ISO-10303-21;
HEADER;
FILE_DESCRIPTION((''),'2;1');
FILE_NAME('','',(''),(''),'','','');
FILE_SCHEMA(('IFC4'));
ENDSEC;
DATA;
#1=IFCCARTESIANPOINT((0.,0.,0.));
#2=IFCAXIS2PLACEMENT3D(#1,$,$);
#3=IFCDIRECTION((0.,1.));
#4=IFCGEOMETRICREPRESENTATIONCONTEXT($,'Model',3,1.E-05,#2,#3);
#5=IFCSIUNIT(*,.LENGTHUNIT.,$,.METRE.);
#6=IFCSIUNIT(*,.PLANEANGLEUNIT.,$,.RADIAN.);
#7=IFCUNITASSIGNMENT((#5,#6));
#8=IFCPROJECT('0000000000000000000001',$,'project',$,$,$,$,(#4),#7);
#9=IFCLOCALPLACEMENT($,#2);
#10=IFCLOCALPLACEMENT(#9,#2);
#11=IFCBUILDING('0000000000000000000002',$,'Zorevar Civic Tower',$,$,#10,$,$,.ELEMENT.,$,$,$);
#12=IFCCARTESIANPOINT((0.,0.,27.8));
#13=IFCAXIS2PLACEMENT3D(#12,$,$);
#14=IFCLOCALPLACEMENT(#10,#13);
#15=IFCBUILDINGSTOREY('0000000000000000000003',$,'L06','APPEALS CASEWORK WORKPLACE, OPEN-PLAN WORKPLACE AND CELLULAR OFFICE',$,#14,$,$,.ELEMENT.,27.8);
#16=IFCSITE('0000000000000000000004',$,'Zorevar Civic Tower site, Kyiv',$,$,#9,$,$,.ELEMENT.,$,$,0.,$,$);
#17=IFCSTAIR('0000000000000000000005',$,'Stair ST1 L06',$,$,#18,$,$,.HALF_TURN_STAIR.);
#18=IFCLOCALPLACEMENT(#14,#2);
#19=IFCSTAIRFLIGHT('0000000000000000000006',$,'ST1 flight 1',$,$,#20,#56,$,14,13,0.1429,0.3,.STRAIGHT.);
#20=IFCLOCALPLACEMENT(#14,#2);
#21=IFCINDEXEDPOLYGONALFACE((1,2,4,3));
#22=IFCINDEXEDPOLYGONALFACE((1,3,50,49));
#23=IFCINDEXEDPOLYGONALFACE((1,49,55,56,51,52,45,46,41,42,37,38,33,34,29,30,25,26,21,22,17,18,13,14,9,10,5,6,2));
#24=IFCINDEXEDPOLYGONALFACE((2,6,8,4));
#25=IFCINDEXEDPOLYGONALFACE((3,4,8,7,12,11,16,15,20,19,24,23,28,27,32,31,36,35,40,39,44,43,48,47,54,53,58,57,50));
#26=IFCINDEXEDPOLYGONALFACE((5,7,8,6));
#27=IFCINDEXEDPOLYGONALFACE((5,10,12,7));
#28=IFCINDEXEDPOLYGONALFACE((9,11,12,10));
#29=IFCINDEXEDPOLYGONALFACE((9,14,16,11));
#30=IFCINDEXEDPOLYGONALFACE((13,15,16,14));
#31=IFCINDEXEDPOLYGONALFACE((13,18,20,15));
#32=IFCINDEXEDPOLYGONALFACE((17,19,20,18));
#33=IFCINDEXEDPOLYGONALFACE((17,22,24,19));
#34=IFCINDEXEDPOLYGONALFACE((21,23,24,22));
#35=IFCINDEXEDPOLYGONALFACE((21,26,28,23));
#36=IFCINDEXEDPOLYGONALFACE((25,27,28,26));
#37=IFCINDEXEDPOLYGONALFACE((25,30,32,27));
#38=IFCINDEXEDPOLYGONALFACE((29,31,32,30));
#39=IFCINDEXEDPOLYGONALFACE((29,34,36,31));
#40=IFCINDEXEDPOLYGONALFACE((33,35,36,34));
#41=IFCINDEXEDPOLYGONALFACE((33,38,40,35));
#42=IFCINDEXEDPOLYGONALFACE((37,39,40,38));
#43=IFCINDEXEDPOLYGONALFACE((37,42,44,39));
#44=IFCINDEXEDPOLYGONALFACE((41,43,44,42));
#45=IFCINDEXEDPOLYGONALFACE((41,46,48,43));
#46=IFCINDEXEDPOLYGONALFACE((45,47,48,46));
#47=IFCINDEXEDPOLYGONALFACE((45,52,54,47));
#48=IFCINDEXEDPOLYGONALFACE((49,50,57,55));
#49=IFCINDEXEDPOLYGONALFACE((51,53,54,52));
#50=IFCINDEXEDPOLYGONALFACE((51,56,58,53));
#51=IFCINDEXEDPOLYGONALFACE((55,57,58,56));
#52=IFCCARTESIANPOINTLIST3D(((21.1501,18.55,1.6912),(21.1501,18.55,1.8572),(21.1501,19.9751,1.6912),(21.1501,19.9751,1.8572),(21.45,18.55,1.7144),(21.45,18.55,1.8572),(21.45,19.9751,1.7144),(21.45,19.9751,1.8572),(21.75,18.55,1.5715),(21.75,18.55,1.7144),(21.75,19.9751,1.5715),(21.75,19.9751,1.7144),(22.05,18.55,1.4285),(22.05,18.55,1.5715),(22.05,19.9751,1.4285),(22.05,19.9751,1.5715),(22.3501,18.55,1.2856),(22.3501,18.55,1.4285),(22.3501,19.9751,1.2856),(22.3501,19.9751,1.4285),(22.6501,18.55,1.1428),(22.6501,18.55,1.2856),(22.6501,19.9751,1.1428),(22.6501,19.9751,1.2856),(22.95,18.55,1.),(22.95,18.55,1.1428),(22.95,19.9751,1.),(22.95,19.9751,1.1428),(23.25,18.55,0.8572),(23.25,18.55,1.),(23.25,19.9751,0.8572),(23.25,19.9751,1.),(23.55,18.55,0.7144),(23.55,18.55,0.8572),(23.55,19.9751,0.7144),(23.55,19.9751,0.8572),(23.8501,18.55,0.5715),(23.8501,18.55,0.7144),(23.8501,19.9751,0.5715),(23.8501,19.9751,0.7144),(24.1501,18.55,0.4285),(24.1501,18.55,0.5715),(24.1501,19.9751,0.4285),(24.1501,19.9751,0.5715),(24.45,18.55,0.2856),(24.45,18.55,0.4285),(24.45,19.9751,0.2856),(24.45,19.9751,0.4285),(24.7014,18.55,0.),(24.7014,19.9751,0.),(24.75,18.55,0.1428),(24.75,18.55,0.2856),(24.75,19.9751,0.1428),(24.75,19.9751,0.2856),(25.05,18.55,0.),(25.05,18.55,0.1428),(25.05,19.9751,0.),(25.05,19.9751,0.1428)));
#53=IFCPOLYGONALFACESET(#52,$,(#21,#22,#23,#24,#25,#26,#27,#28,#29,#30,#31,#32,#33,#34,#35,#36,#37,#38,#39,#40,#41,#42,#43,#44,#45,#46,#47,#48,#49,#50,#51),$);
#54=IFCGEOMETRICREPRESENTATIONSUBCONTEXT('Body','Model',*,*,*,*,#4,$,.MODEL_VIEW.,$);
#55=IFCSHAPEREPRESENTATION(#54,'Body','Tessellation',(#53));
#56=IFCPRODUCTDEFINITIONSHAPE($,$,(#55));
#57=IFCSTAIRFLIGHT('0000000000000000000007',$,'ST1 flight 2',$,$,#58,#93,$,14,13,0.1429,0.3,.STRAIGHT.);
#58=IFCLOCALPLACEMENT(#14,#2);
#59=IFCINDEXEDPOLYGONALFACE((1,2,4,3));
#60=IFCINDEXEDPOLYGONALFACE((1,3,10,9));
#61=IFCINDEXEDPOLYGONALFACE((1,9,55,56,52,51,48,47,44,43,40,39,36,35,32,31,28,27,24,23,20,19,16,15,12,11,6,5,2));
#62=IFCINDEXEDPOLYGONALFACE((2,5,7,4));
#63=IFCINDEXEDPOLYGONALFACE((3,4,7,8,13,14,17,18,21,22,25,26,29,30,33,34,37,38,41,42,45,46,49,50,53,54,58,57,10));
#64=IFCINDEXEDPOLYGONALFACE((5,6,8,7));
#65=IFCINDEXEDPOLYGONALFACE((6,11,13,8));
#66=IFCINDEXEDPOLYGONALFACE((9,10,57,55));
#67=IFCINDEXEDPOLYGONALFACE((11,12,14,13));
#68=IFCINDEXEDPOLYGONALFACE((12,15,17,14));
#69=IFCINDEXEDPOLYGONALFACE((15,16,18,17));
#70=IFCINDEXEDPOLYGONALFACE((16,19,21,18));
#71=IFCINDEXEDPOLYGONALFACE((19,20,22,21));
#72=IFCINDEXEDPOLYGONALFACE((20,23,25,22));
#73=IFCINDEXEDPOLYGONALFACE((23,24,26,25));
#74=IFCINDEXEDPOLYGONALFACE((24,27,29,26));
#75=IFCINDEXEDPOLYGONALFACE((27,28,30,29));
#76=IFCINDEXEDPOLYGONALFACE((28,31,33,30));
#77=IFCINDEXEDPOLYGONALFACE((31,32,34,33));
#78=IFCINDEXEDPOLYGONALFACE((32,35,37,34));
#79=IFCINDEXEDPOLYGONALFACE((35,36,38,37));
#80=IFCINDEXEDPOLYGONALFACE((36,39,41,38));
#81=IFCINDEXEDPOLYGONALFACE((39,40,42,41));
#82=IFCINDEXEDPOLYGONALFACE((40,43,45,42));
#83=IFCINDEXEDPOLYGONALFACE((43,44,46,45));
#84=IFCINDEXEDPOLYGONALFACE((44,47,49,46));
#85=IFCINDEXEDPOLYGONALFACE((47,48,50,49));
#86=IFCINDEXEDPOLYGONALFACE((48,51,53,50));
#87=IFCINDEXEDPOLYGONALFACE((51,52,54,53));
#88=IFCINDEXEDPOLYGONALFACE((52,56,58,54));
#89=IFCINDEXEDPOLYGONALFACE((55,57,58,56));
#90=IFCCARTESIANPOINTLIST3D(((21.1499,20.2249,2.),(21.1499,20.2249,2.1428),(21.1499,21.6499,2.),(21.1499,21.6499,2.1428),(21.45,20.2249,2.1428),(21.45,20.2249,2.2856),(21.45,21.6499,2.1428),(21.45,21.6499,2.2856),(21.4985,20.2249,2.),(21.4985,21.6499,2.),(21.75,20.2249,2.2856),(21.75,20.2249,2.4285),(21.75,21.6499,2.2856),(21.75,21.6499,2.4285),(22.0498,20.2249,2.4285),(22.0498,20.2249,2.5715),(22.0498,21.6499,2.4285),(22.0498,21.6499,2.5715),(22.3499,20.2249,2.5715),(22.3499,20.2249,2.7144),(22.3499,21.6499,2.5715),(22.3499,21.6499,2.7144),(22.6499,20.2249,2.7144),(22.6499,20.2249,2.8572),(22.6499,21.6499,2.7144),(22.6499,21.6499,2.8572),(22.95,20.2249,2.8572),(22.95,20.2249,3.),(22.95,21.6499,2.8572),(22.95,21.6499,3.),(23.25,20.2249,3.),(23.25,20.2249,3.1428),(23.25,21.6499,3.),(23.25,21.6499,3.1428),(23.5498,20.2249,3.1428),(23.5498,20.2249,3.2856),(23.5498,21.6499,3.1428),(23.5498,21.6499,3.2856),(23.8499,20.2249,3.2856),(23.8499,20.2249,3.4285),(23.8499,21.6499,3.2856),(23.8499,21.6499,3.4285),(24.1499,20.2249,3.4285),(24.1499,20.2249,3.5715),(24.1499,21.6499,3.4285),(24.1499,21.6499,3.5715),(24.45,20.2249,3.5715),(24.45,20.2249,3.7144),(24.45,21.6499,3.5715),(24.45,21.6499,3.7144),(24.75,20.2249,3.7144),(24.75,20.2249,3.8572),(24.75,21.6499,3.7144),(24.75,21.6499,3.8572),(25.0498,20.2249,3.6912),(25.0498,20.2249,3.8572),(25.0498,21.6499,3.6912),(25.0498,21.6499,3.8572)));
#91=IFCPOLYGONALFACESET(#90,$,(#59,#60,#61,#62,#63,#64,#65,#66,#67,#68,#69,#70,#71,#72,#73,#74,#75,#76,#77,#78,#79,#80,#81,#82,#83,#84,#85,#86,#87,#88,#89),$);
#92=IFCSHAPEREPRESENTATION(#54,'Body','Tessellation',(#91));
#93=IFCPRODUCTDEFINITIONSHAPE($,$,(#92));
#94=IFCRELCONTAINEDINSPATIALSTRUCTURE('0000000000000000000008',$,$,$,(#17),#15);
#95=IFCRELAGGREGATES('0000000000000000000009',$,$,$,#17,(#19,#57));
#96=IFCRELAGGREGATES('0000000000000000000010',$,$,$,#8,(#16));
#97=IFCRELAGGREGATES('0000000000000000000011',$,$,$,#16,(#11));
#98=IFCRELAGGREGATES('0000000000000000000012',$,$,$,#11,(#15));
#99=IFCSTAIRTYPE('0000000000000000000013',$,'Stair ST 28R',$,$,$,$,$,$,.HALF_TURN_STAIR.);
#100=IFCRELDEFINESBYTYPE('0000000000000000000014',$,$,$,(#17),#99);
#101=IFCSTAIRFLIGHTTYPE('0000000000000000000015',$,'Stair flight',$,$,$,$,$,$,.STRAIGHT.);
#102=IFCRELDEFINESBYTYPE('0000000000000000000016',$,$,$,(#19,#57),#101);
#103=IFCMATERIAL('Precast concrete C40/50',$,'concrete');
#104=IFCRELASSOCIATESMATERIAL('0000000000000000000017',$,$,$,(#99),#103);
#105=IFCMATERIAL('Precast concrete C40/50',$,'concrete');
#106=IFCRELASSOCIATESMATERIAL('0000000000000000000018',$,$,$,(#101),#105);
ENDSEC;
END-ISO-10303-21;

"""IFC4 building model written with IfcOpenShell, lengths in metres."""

from ifc_helpers import new_model, si_unit, direction, frame, origin, place, context, subcontext, project, spatial, polyline, outline, extrude, material, type_object, element, aggregate, save


model = new_model("IFC4")

# Units and contexts
model_context = context("Model", 3, precision=1e-05, world=origin(), true_north=direction((0.0, 1.0)))
body_context = subcontext(model_context, "Body", "Model", "MODEL_VIEW")
ifc_project = project(units=[si_unit("LENGTHUNIT", "METRE"), si_unit("PLANEANGLEUNIT", "RADIAN")], contexts=[model_context])

# Site, building, storey
site_placement = place(None, origin())
site = spatial("IfcSite", under=ifc_project, at=site_placement, Name="Zorevar Civic Tower site, Kyiv", CompositionType="ELEMENT", RefElevation=0.0)
building_placement = place(site_placement, origin())
building = spatial("IfcBuilding", under=site, at=building_placement, Name="Zorevar Civic Tower", CompositionType="ELEMENT")
storey_placement = place(building_placement, frame((0.0, 0.0, 27.8)))
storey = spatial("IfcBuildingStorey", under=building, at=storey_placement, Name="L06", Description="APPEALS CASEWORK WORKPLACE, OPEN-PLAN WORKPLACE AND CELLULAR OFFICE", CompositionType="ELEMENT", Elevation=27.8)

# Stair, stair flights
ifc_material_1 = material(Name="Precast concrete C40/50", Category="concrete")
stair_type = type_object("IfcStairType", Name="Stair ST 28R", PredefinedType="HALF_TURN_STAIR", material=ifc_material_1)
stair_placement = place(storey_placement, origin())
stair = element("IfcStair", 1, at=stair_placement, inside=storey, type_object=stair_type, Name="Stair ST1 L06", PredefinedType="HALF_TURN_STAIR")
ifc_material_2 = material(Name="Precast concrete C40/50", Category="concrete")
stair_flight_type = type_object("IfcStairFlightType", Name="Stair flight", PredefinedType="STRAIGHT", material=ifc_material_2)
stair_flight_1_placement = place(storey_placement, frame((25.05, 19.2625, 0.0), z_axis=(0.0, 0.0, 1.0), x_axis=(-1.0, 0.0, 0.0)))
stair_flight_1 = element("IfcStairFlight", 2, at=stair_flight_1_placement, type_object=stair_flight_type, Name="ST1 flight 1", NumberOfRisers=14, NumberOfTreads=13, PredefinedType="STRAIGHT", RiserHeight=0.1429, TreadLength=0.3, context=body_context, shape_type="SweptSolid", body=[
    extrude(outline(polyline([(0.0, 0.0), (0.0, 0.1428), (0.3, 0.1428), (0.3, 0.2856), (0.6001, 0.2856), (0.6001, 0.4285), (0.8999, 0.4285), (0.8999, 0.5715), (1.2, 0.5715), (1.2, 0.7144), (1.5, 0.7144), (1.5, 0.8572), (1.8, 0.8572), (1.8, 1.0), (2.1001, 1.0), (2.1001, 1.1428), (2.3999, 1.1428), (2.3999, 1.2856), (2.7, 1.2856), (2.7, 1.4285), (3.0, 1.4285), (3.0, 1.5715), (3.3, 1.5715), (3.3, 1.7144), (3.6001, 1.7144), (3.6001, 1.8572), (3.8999, 1.8572), (3.8999, 2.0), (3.8999, 1.6912), (0.3486, 0.0), (0.0, 0.0)])), frame((0.0, 0.7124, 0.0), z_axis=(0.0, -1.0, 0.0), x_axis=(1.0, 0.0, 0.0)), (0.0, 0.0, 1.0), 1.425),
])
stair_flight_2_placement = place(storey_placement, frame((21.1499, 20.9375, 2.0), z_axis=(0.0, 0.0, 1.0), x_axis=(1.0, 0.0, 0.0)))
stair_flight_2 = element("IfcStairFlight", 3, at=stair_flight_2_placement, type_object=stair_flight_type, Name="ST1 flight 2", NumberOfRisers=14, NumberOfTreads=13, PredefinedType="STRAIGHT", RiserHeight=0.1429, TreadLength=0.3, context=body_context, shape_type="SweptSolid", body=[
    extrude(outline(polyline([(0.0, 0.0), (0.0, 0.1428), (0.3, 0.1428), (0.3, 0.2856), (0.6001, 0.2856), (0.6001, 0.4285), (0.8999, 0.4285), (0.8999, 0.5715), (1.2, 0.5715), (1.2, 0.7144), (1.5, 0.7144), (1.5, 0.8572), (1.8, 0.8572), (1.8, 1.0), (2.1001, 1.0), (2.1001, 1.1428), (2.3999, 1.1428), (2.3999, 1.2856), (2.7, 1.2856), (2.7, 1.4285), (3.0, 1.4285), (3.0, 1.5715), (3.3, 1.5715), (3.3, 1.7144), (3.6001, 1.7144), (3.6001, 1.8572), (3.8999, 1.8572), (3.8999, 2.0), (3.8999, 1.6912), (0.3486, 0.0), (0.0, 0.0)])), frame((0.0, 0.7124, 0.0), z_axis=(0.0, -1.0, 0.0), x_axis=(1.0, 0.0, 0.0)), (0.0, 0.0, 1.0), 1.425),
])
aggregate(stair, [stair_flight_1, stair_flight_2])

save(model, "model.ifc")
